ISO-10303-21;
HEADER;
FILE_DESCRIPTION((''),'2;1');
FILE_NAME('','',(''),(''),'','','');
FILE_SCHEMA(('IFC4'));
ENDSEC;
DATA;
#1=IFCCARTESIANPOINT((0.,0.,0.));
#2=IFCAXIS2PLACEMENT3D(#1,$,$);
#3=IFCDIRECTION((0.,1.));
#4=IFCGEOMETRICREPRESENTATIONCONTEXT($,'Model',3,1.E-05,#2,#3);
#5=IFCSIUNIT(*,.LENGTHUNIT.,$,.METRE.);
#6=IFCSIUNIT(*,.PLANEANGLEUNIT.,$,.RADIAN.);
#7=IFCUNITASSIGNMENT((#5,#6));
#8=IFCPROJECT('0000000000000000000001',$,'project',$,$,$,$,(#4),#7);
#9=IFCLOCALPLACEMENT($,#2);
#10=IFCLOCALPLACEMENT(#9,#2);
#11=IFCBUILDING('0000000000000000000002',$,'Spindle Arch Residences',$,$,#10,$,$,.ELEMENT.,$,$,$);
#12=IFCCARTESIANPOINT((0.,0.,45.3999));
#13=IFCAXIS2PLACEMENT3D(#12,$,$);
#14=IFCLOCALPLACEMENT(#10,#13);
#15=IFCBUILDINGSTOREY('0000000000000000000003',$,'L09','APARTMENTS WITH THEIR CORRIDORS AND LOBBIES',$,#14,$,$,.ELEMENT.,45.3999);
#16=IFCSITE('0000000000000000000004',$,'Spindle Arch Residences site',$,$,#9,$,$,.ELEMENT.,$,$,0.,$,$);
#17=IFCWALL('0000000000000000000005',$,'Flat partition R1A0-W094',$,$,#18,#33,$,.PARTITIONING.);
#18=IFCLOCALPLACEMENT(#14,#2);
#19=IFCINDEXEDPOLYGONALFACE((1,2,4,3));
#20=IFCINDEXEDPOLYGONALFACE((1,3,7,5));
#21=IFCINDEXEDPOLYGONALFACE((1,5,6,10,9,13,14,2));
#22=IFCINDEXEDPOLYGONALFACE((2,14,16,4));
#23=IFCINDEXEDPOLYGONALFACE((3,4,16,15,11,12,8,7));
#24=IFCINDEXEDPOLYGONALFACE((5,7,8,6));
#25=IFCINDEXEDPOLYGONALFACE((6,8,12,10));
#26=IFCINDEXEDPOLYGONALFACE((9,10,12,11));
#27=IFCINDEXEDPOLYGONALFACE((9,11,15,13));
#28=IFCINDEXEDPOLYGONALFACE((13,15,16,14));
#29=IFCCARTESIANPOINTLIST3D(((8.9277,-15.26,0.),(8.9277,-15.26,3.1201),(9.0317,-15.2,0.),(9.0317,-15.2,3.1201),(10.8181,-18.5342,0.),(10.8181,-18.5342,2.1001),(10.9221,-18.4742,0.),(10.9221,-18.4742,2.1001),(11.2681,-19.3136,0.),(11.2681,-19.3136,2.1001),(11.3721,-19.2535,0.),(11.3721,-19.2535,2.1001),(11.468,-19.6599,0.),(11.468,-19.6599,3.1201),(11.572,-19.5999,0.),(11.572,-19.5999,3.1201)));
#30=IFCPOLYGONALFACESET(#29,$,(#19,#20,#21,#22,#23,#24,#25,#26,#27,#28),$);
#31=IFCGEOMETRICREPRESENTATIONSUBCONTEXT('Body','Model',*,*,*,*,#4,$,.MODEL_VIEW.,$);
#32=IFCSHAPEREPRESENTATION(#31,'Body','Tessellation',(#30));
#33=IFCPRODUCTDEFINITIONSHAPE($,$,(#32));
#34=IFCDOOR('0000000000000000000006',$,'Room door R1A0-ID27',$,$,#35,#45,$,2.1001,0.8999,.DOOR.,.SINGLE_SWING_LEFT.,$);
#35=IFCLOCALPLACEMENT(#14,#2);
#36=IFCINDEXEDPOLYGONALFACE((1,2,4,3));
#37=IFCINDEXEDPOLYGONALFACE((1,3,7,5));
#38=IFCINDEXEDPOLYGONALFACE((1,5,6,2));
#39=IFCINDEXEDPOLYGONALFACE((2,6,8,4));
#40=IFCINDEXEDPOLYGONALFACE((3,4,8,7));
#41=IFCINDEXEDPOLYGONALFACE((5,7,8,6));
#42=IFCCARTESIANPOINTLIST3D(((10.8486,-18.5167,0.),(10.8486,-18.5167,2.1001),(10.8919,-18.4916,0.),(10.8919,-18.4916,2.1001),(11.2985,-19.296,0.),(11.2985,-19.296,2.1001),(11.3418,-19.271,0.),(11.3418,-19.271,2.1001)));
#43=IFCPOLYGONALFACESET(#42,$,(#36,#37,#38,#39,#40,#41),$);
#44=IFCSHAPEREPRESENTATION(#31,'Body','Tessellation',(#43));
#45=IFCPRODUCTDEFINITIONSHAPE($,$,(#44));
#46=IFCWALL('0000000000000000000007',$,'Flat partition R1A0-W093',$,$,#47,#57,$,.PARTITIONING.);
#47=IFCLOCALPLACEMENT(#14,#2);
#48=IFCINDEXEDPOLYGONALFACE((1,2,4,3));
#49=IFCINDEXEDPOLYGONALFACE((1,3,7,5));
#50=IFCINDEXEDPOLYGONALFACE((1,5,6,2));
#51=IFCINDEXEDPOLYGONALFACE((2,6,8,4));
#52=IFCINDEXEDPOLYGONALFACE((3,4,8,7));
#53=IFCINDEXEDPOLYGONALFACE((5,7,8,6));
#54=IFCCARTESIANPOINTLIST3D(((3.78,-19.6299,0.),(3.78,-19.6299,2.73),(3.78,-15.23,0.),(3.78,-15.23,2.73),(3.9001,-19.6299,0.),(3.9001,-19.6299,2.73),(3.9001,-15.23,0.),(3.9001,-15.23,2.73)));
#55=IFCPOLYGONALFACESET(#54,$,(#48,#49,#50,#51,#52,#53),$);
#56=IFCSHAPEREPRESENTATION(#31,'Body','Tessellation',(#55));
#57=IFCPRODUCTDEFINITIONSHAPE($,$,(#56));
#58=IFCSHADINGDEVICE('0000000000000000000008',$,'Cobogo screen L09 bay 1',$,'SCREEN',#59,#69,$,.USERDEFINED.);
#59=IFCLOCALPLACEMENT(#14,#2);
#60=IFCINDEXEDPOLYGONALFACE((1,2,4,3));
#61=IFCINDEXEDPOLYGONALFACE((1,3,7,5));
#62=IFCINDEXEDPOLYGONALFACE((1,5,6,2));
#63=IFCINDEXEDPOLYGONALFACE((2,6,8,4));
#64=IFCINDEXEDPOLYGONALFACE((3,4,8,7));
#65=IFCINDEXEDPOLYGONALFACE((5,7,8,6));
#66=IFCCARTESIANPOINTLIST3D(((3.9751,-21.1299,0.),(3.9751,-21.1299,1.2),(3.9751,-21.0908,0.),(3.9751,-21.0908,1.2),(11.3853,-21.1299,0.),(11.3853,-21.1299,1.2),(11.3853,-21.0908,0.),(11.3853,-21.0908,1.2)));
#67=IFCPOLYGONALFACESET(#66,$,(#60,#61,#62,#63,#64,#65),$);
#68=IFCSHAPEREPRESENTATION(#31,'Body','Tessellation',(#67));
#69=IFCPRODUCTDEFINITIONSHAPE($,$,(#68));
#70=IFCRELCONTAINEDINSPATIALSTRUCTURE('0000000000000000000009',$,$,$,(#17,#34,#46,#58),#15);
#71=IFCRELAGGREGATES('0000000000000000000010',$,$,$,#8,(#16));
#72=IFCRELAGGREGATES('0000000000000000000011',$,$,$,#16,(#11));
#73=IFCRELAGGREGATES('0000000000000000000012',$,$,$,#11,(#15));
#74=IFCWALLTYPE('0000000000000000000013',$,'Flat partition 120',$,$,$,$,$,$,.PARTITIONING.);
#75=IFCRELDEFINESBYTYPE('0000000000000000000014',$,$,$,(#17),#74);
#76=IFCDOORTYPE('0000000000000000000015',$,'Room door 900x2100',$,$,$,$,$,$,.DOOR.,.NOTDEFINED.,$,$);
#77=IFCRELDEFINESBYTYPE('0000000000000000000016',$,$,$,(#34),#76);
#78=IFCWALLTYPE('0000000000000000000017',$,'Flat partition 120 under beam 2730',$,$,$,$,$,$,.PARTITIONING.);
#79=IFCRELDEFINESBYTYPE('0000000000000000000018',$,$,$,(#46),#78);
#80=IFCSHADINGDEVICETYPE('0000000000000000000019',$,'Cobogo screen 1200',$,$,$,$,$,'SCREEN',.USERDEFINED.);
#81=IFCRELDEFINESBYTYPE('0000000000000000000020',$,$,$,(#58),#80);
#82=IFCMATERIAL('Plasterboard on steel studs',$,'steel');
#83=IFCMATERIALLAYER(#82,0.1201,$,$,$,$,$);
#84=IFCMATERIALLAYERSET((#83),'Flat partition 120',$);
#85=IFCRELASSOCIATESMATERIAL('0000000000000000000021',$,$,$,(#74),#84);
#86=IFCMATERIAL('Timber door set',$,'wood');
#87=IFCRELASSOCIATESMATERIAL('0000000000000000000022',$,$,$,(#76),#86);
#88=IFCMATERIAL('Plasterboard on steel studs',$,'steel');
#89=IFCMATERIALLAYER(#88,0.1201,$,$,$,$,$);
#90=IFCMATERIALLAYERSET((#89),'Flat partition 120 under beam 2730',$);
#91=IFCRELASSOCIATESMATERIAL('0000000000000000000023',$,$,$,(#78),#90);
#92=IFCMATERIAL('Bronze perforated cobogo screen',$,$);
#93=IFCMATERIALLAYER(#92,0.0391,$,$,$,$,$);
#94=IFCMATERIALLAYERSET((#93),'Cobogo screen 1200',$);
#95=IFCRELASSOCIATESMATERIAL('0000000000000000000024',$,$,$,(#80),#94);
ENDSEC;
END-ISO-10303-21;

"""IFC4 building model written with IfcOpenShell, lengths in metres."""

from ifc_helpers import new_model, si_unit, direction, frame, frame_2d, origin, origin_2d, place, context, subcontext, project, spatial, rectangle, extrude, material, layer, layer_set, type_object, element, fill, save


model = new_model("IFC4")

# Units and contexts
model_context = context("Model", 3, precision=1e-05, world=origin(), true_north=direction((0.0, 1.0)))
body_context = subcontext(model_context, "Body", "Model", "MODEL_VIEW")
ifc_project = project(units=[si_unit("LENGTHUNIT", "METRE"), si_unit("PLANEANGLEUNIT", "RADIAN")], contexts=[model_context])

# Site, building, storey
site_placement = place(None, origin())
site = spatial("IfcSite", under=ifc_project, at=site_placement, Name="Spindle Arch Residences site", CompositionType="ELEMENT", RefElevation=0.0)
building_placement = place(site_placement, origin())
building = spatial("IfcBuilding", under=site, at=building_placement, Name="Spindle Arch Residences", CompositionType="ELEMENT")
storey_placement = place(building_placement, frame((0.0, 0.0, 45.3999)))
storey = spatial("IfcBuildingStorey", under=building, at=storey_placement, Name="L09", Description="APARTMENTS WITH THEIR CORRIDORS AND LOBBIES", CompositionType="ELEMENT", Elevation=45.3999)

# Shared definitions
ifc_material_1 = material(Name="Plasterboard on steel studs", Category="steel")
ifc_layer_1 = layer(ifc_material_1, 0.1201)
ifc_layer_set_1 = layer_set([ifc_layer_1], Name="Flat partition 120")
wall_type_1 = type_object("IfcWallType", Name="Flat partition 120", PredefinedType="PARTITIONING", material=ifc_layer_set_1)

# Shared definitions
ifc_material_2 = material(Name="Timber door set", Category="wood")
door_type_1 = type_object("IfcDoorType", Name="Room door 900x2100", OperationType="NOTDEFINED", PredefinedType="DOOR", material=ifc_material_2)

# Wall, opening, door
wall_1_placement = place(storey_placement, frame((11.52, -19.6299, 0.0), z_axis=(0.0, 0.0, 1.0), x_axis=(-0.5, 0.866026, 0.0)))
wall_1 = element("IfcWall", 1, at=wall_1_placement, inside=storey, type_object=wall_type_1, Name="Flat partition R1A0-W094", PredefinedType="PARTITIONING", context=body_context, shape_type="SweptSolid", body=[
    extrude(rectangle(XDim=5.0806, YDim=0.1201, at=frame_2d((2.5403, 0.0))), origin(), (0.0, 0.0, 1.0), 3.1201),
])
opening_1_placement = place(wall_1_placement, frame((0.3999, 0.0, 0.0)))
opening_1 = element("IfcOpeningElement", 2, at=opening_1_placement, cuts=wall_1, PredefinedType="OPENING", context=body_context, shape_type="SweptSolid", body=[
    extrude(rectangle(XDim=0.8999, YDim=2.1001, at=frame_2d((0.45, 1.05))), frame((0.0, 0.0701, 0.0), z_axis=(0.0, -1.0, 0.0), x_axis=(1.0, 0.0, 0.0)), (0.0, 0.0, 1.0), 0.1401),
])
door_1_placement = place(opening_1_placement, origin())
door_1 = element("IfcDoor", 3, at=door_1_placement, inside=storey, type_object=door_type_1, Name="Room door R1A0-ID27", OperationType="SINGLE_SWING_LEFT", OverallHeight=2.1001, OverallWidth=0.8999, PredefinedType="DOOR", context=body_context, shape_type="SweptSolid", body=[
    extrude(rectangle(XDim=0.8999, YDim=2.1001, at=frame_2d((0.45, 1.05))), frame((0.0, 0.0249, 0.0), z_axis=(0.0, -1.0, 0.0), x_axis=(1.0, 0.0, 0.0)), (0.0, 0.0, 1.0), 0.05),
])
fill(opening_1, door_1)

# Wall
ifc_material_3 = material(Name="Plasterboard on steel studs", Category="steel")
ifc_layer_2 = layer(ifc_material_3, 0.1201)
ifc_layer_set_2 = layer_set([ifc_layer_2], Name="Flat partition 120 under beam 2730")
wall_type_2 = type_object("IfcWallType", Name="Flat partition 120 under beam 2730", PredefinedType="PARTITIONING", material=ifc_layer_set_2)
wall_2_placement = place(storey_placement, frame((3.8401, -19.6299, 0.0), z_axis=(0.0, 0.0, 1.0), x_axis=(0.0, 1.0, 0.0)))
element("IfcWall", 4, at=wall_2_placement, inside=storey, type_object=wall_type_2, Name="Flat partition R1A0-W093", PredefinedType="PARTITIONING", context=body_context, shape_type="SweptSolid", body=[
    extrude(rectangle(XDim=4.3999, YDim=0.1201, at=frame_2d((2.2, 0.0))), origin(), (0.0, 0.0, 1.0), 2.73),
])

# Shading device
ifc_material_4 = material(Name="Bronze perforated cobogo screen")
ifc_layer_3 = layer(ifc_material_4, 0.0391)
ifc_layer_set_3 = layer_set([ifc_layer_3], Name="Cobogo screen 1200")
shading_device_type = type_object("IfcShadingDeviceType", Name="Cobogo screen 1200", ElementType="SCREEN", PredefinedType="USERDEFINED", material=ifc_layer_set_3)
shading_device_placement = place(storey_placement, frame((7.6802, -21.1104, 0.0), z_axis=(0.0, 0.0, 1.0), x_axis=(1.0, 0.0, 0.0)))
element("IfcShadingDevice", 5, at=shading_device_placement, inside=storey, type_object=shading_device_type, Name="Cobogo screen L09 bay 1", ObjectType="SCREEN", PredefinedType="USERDEFINED", context=body_context, shape_type="SweptSolid", body=[
    extrude(rectangle(XDim=7.4102, YDim=0.0391, at=origin_2d()), origin(), (0.0, 0.0, 1.0), 1.2),
])

save(model, "model.ifc")
